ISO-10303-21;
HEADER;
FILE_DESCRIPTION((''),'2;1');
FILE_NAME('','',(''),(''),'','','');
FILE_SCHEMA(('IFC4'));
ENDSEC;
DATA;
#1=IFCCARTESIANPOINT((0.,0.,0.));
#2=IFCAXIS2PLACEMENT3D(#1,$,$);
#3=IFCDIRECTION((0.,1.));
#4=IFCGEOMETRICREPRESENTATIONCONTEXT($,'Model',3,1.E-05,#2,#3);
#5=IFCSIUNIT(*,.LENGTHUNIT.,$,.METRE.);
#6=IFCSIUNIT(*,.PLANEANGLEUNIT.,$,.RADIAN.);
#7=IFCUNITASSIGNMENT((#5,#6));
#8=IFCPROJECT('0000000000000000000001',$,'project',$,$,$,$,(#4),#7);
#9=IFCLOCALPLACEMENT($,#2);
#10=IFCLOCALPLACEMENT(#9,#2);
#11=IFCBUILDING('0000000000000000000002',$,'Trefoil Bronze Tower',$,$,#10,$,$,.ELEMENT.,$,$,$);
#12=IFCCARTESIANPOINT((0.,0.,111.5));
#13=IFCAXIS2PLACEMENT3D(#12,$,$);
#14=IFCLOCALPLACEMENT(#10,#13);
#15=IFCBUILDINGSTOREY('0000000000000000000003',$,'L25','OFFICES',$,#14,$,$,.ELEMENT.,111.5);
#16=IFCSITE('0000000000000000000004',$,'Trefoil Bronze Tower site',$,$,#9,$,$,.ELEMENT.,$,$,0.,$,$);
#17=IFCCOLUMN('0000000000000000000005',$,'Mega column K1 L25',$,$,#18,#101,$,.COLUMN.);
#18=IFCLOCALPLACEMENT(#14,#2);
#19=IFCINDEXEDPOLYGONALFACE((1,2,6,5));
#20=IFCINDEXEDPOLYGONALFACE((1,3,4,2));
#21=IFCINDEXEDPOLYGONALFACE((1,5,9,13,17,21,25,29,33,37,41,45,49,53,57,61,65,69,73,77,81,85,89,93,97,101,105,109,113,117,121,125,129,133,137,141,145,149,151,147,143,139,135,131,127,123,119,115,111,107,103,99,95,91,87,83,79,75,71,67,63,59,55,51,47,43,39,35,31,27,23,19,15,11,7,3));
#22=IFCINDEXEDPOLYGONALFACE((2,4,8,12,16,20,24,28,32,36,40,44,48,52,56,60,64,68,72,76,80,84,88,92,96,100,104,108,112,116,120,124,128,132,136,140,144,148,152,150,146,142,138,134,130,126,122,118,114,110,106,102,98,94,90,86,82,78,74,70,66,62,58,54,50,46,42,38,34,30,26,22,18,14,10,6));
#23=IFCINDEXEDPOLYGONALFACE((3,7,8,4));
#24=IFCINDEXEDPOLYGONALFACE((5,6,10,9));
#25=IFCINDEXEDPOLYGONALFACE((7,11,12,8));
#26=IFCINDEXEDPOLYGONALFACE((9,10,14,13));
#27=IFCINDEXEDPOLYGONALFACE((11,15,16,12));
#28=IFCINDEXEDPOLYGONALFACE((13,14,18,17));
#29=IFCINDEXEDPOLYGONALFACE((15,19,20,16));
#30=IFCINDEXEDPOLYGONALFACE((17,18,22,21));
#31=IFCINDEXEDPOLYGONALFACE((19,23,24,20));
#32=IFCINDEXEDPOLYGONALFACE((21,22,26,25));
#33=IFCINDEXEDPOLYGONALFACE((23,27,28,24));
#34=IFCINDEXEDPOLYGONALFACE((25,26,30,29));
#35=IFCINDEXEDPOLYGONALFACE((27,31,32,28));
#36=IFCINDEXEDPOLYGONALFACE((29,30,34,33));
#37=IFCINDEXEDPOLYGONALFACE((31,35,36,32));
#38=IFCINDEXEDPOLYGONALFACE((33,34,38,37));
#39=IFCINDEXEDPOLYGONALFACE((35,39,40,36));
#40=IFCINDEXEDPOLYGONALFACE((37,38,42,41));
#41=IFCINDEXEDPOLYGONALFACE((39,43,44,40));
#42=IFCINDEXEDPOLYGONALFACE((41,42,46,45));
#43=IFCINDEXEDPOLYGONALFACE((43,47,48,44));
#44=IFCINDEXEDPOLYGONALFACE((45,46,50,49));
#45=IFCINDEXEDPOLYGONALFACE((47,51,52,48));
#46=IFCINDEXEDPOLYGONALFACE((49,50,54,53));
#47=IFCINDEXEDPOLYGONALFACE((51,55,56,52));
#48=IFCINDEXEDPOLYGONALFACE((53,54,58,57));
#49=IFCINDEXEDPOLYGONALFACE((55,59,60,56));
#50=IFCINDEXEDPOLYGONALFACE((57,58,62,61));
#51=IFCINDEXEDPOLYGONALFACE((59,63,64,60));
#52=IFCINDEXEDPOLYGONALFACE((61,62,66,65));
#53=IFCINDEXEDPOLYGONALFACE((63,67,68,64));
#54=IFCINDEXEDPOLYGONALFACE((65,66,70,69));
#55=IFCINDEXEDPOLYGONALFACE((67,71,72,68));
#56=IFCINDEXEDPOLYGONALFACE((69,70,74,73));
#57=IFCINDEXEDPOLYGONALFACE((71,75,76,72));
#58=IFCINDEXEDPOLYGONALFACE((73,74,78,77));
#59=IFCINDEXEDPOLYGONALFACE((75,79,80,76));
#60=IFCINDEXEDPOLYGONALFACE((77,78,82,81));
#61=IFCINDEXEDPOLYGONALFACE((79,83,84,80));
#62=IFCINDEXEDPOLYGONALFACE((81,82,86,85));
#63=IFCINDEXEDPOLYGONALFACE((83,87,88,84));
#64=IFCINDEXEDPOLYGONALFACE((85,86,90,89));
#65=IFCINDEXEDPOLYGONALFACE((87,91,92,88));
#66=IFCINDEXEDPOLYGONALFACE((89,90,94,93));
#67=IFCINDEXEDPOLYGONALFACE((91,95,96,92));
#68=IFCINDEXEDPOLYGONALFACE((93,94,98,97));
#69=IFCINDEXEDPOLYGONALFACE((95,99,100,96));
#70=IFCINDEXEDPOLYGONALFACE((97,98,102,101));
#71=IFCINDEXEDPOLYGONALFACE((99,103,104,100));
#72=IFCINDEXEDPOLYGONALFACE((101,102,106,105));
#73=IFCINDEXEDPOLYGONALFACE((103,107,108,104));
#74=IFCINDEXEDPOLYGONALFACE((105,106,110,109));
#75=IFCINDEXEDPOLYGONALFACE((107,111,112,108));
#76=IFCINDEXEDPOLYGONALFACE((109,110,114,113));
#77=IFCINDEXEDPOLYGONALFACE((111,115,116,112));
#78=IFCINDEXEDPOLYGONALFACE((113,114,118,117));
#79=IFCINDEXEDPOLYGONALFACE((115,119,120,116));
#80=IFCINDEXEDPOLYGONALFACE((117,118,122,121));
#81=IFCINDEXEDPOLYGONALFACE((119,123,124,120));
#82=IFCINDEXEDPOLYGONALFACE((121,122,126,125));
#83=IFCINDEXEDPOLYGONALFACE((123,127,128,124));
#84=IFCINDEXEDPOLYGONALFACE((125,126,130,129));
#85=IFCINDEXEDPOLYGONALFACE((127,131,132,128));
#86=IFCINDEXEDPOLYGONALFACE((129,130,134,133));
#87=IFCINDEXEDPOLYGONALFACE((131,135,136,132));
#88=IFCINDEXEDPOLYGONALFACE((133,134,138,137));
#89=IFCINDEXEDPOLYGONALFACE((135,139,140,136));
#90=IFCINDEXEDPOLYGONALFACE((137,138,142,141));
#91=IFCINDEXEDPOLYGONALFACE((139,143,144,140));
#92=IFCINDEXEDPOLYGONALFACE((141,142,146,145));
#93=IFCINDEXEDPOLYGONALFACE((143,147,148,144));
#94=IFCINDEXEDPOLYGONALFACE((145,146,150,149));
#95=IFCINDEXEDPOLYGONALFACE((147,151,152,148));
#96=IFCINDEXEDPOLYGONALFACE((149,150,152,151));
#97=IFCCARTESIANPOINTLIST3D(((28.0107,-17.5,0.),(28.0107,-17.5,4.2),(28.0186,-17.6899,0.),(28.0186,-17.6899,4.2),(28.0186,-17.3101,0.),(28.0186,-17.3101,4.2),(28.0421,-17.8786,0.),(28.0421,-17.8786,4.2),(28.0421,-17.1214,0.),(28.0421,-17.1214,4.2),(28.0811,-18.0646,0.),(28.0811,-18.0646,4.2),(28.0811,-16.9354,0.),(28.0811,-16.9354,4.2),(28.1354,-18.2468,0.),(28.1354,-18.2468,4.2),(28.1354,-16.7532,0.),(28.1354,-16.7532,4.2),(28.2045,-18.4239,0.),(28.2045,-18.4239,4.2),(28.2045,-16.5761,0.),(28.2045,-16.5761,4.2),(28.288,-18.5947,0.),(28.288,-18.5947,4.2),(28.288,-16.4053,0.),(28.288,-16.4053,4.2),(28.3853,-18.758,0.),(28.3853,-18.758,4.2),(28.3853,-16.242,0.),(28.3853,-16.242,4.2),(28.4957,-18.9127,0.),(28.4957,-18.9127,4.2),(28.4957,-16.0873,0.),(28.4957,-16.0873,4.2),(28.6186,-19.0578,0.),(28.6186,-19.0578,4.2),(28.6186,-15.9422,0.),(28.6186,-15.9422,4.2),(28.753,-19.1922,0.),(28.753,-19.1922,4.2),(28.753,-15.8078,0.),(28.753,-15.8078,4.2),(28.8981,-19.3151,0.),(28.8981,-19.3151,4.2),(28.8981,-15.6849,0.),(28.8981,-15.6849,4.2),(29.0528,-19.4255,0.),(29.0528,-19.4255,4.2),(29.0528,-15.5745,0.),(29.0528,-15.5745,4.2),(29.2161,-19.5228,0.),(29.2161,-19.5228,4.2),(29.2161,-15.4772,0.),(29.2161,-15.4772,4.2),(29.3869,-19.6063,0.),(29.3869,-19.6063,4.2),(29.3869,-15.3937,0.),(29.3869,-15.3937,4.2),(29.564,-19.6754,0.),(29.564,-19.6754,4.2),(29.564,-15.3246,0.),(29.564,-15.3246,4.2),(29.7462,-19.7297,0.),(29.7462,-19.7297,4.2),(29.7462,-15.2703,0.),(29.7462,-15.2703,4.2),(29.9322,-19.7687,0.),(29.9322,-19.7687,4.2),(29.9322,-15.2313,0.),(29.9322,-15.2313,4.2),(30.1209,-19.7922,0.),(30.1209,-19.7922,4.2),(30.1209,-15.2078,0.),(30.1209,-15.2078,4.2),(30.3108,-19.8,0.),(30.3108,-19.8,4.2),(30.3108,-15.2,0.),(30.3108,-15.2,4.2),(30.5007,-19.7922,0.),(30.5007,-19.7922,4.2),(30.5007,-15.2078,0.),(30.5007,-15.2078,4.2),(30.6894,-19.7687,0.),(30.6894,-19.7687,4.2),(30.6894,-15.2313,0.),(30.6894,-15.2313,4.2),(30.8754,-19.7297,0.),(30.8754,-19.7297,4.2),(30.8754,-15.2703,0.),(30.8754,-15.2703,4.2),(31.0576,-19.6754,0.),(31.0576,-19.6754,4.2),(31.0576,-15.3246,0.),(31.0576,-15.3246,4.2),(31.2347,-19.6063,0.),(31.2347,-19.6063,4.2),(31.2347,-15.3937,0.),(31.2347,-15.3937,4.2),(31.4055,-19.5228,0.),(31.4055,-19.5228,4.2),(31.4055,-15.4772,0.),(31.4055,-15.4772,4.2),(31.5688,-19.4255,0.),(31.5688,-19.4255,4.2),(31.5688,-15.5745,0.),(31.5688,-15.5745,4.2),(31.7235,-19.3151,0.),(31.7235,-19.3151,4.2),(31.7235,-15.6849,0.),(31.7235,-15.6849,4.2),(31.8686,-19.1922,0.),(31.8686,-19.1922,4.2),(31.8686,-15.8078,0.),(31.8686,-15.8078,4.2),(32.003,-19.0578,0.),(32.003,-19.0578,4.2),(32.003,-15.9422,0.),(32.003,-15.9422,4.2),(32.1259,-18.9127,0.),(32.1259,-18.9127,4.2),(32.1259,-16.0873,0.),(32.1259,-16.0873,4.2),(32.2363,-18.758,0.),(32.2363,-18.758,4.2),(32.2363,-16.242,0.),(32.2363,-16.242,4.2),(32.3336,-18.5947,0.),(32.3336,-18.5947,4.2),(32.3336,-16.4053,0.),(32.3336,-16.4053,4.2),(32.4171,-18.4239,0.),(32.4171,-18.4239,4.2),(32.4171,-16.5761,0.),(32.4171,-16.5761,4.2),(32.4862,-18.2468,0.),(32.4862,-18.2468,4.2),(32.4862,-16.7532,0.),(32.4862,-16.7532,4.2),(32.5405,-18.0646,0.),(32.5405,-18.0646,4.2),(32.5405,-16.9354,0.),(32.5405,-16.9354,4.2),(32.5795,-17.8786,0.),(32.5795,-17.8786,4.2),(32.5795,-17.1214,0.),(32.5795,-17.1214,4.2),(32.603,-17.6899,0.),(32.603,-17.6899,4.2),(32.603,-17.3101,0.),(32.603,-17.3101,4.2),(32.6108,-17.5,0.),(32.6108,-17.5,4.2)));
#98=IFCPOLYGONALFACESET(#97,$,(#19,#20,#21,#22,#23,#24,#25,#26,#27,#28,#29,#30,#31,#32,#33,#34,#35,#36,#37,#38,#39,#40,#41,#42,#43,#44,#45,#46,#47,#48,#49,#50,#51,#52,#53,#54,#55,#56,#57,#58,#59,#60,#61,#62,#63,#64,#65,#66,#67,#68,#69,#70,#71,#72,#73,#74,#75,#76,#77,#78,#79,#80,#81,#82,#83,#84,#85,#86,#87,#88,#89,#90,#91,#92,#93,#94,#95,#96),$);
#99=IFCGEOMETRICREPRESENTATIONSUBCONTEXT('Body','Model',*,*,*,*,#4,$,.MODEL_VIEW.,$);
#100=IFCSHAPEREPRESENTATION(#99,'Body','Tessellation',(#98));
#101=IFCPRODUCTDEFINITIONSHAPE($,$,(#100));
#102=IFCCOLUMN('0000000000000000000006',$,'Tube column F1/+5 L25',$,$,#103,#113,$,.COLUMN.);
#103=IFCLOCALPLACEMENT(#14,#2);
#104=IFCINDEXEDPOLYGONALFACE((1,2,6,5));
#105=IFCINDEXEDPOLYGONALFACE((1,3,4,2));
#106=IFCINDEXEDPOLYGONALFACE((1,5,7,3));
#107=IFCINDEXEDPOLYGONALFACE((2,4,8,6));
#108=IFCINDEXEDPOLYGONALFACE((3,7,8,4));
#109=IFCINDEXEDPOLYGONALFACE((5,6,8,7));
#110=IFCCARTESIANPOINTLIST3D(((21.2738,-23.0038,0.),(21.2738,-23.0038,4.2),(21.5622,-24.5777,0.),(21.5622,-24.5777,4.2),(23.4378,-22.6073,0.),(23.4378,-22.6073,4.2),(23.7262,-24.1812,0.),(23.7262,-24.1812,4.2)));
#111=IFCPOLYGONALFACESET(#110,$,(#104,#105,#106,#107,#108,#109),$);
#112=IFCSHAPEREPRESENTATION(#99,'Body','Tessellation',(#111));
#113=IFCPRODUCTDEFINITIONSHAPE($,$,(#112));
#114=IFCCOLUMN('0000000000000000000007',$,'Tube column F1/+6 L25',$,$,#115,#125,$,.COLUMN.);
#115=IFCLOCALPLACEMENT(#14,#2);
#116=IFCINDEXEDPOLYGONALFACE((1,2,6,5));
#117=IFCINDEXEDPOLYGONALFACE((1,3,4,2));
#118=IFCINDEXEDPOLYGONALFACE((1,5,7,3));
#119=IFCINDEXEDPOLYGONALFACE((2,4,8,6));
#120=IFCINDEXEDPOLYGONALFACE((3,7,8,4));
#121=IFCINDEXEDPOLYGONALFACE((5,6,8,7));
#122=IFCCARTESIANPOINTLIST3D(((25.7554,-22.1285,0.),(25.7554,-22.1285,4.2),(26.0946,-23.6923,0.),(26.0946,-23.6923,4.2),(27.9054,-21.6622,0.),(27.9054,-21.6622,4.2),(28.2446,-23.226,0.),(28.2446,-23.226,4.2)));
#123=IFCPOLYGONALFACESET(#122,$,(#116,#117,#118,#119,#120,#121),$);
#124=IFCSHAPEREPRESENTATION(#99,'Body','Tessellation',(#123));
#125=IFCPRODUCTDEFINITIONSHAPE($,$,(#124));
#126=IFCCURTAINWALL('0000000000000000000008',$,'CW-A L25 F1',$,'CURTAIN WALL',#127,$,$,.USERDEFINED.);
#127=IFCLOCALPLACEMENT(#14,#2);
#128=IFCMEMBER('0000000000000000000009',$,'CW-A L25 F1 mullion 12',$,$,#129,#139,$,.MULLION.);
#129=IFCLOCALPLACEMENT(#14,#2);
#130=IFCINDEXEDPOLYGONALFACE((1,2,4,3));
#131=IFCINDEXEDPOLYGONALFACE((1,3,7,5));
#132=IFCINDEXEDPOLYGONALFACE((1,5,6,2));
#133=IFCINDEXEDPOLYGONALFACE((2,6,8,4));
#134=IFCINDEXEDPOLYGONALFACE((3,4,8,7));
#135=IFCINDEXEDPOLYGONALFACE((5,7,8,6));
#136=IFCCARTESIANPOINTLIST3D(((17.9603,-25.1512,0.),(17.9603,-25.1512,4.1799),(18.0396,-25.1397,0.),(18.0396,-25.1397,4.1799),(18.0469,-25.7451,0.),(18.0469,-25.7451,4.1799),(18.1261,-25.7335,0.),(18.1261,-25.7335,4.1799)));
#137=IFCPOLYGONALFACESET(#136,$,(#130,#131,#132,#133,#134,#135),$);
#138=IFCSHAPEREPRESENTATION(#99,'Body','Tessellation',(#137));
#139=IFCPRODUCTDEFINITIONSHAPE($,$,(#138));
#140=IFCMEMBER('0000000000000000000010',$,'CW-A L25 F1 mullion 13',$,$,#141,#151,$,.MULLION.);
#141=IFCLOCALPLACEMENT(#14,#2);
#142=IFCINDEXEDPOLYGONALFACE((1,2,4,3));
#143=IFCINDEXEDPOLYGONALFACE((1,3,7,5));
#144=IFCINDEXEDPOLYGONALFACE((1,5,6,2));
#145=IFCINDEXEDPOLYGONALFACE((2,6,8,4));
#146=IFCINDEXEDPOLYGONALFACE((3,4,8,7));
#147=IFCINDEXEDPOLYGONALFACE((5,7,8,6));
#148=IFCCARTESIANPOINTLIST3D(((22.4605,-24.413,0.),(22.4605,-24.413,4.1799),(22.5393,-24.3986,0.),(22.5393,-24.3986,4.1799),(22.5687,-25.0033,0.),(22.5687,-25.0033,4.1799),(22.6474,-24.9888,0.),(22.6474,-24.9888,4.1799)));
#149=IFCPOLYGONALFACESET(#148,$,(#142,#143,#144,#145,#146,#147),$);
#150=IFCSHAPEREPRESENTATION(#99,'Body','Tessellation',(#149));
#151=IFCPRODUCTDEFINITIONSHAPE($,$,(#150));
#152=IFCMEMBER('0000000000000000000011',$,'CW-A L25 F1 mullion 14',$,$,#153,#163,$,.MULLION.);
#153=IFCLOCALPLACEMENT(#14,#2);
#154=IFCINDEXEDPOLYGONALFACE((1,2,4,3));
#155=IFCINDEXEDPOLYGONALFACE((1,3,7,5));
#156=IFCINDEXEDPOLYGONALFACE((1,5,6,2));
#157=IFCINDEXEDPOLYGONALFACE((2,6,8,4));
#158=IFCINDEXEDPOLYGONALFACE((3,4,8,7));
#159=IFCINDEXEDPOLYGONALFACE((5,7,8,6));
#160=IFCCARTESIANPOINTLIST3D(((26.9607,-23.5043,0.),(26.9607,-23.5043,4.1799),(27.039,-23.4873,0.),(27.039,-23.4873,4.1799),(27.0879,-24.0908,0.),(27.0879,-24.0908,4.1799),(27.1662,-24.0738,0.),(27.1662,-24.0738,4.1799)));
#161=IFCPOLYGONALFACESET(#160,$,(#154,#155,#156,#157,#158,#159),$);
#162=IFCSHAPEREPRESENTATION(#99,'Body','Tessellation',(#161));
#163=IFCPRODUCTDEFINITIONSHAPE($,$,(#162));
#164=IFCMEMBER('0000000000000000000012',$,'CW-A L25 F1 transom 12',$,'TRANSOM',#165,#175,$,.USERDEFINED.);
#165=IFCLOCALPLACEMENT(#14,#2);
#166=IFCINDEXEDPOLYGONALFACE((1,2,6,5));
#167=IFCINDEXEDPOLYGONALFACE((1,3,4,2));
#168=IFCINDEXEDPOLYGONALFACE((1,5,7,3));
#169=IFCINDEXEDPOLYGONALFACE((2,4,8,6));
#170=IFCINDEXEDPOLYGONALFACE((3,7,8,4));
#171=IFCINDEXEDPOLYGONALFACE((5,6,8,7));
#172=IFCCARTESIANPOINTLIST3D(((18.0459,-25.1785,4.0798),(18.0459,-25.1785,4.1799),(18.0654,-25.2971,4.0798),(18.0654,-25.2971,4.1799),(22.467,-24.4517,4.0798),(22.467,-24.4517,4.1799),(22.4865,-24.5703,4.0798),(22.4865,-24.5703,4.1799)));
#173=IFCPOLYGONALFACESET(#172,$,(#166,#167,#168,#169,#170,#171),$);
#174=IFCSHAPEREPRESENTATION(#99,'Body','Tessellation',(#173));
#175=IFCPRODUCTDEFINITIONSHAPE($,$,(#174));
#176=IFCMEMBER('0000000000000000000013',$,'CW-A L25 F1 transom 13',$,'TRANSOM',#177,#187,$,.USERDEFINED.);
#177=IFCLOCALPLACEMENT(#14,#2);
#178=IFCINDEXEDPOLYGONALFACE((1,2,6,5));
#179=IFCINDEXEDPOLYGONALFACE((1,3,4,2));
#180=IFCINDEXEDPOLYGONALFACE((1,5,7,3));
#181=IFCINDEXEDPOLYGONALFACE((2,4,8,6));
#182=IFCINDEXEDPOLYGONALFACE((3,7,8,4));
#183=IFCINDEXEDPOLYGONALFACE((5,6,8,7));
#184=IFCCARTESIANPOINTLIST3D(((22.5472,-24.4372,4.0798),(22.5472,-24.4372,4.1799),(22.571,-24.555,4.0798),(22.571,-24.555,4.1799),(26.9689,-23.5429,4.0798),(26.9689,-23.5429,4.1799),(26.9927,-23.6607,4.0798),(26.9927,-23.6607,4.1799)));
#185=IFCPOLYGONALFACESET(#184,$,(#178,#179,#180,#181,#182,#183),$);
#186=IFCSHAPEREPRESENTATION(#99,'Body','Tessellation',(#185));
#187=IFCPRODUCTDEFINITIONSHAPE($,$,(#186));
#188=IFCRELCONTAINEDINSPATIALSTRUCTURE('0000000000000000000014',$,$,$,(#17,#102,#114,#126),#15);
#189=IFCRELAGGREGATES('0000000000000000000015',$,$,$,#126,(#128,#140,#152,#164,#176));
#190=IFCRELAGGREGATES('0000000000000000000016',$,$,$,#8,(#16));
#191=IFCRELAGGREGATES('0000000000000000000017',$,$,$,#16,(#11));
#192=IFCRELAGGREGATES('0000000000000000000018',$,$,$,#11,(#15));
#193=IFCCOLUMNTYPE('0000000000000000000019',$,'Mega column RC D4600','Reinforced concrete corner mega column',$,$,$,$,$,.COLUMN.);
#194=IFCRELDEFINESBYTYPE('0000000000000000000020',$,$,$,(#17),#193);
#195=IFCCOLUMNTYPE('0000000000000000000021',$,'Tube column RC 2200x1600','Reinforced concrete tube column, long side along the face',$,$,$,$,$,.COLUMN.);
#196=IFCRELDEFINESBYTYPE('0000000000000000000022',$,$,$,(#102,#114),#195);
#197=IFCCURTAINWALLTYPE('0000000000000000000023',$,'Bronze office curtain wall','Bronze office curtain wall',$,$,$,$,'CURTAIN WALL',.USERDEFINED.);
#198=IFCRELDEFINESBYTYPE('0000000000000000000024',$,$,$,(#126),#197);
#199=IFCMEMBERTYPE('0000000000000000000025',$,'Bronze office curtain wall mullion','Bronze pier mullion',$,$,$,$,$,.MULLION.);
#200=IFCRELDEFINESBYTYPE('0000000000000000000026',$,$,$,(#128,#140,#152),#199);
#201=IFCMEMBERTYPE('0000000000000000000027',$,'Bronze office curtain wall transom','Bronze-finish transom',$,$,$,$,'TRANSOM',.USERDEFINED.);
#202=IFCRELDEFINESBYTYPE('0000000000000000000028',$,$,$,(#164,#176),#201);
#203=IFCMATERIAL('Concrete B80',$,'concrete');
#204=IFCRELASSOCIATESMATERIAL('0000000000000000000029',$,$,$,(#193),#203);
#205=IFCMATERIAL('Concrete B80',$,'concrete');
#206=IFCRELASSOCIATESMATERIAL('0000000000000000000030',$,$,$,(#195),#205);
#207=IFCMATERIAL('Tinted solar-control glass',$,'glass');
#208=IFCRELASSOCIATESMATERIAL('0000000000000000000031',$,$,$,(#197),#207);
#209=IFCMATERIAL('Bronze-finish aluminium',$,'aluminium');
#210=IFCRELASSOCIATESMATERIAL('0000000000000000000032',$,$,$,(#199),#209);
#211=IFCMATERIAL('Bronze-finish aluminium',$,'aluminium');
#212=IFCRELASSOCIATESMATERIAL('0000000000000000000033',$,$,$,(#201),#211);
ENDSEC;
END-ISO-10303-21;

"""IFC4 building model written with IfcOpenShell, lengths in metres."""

from ifc_helpers import new_model, si_unit, direction, frame, origin, origin_2d, place, context, subcontext, project, spatial, rectangle, circle, extrude, material, material_profile, profile_set, type_object, element, aggregate, save


model = new_model("IFC4")

# Units and contexts
model_context = context("Model", 3, precision=1e-05, world=origin(), true_north=direction((0.0, 1.0)))
body_context = subcontext(model_context, "Body", "Model", "MODEL_VIEW")
ifc_project = project(units=[si_unit("LENGTHUNIT", "METRE"), si_unit("PLANEANGLEUNIT", "RADIAN")], contexts=[model_context])

# Site, building, storey
site_placement = place(None, origin())
site = spatial("IfcSite", under=ifc_project, at=site_placement, Name="Trefoil Bronze Tower site", CompositionType="ELEMENT", RefElevation=0.0)
building_placement = place(site_placement, origin())
building = spatial("IfcBuilding", under=site, at=building_placement, Name="Trefoil Bronze Tower", CompositionType="ELEMENT")
storey_placement = place(building_placement, frame((0.0, 0.0, 111.5)))
storey = spatial("IfcBuildingStorey", under=building, at=storey_placement, Name="L25", Description="OFFICES", CompositionType="ELEMENT", Elevation=111.5)

# Columns
ifc_material_1 = material(Name="Concrete B80", Category="concrete")
ifc_material_profile_1 = material_profile(ifc_material_1, circle(Radius=2.3, at=origin_2d()), Name="RC D4600")
ifc_profile_set_1 = profile_set([ifc_material_profile_1], Name="Concrete B80")
column_type_1 = type_object("IfcColumnType", Name="Mega column RC D4600", Description="Reinforced concrete corner mega column", PredefinedType="COLUMN", material=ifc_profile_set_1)
column_placement = place(storey_placement, frame((30.3108, -17.5, 0.0), z_axis=(0.0, 0.0, 1.0), x_axis=(1.0, 0.0, 0.0)))
element("IfcColumn", 1, at=column_placement, inside=storey, type_object=column_type_1, Name="Mega column K1 L25", PredefinedType="COLUMN", context=body_context, shape_type="SweptSolid", body=[
    extrude(circle(Radius=2.3, at=origin_2d()), origin(), (0.0, 0.0, 1.0), 4.2),
])
ifc_material_2 = material(Name="Concrete B80", Category="concrete")
ifc_material_profile_2 = material_profile(ifc_material_2, rectangle(XDim=2.2, YDim=1.6001, at=origin_2d()), Name="RC 2200x1600")
ifc_profile_set_2 = profile_set([ifc_material_profile_2], Name="Concrete B80")
column_type_2 = type_object("IfcColumnType", Name="Tube column RC 2200x1600", Description="Reinforced concrete tube column, long side along the face", PredefinedType="COLUMN", material=ifc_profile_set_2)
for number, where, z_axis, x_axis, name in (
    (2, (22.5, -23.5925, 0.0), (0.0, 0.0, 1.0), (0.983623, 0.180241, 0.0), "Tube column F1/+5 L25"),
    (3, (27.0, -22.6772, 0.0), (0.0, 0.0, 1.0), (0.977276, 0.21197, 0.0), "Tube column F1/+6 L25"),
):
    element("IfcColumn", number, at=place(storey_placement, frame(where, z_axis=z_axis, x_axis=x_axis)), inside=storey, type_object=column_type_2, Name=name, PredefinedType="COLUMN", context=body_context, shape_type="SweptSolid", body=[
        extrude(rectangle(XDim=2.2, YDim=1.6001, at=origin_2d()), origin(), (0.0, 0.0, 1.0), 4.2),
    ])

# Curtain wall, members
ifc_material_3 = material(Name="Tinted solar-control glass", Category="glass")
curtain_wall_type_1 = type_object("IfcCurtainWallType", Name="Bronze office curtain wall", Description="Bronze office curtain wall", ElementType="CURTAIN WALL", PredefinedType="USERDEFINED", material=ifc_material_3)
curtain_wall_1_placement = place(storey_placement, origin())
curtain_wall_1 = element("IfcCurtainWall", 4, at=curtain_wall_1_placement, inside=storey, type_object=curtain_wall_type_1, Name="CW-A L25 F1", ObjectType="CURTAIN WALL", PredefinedType="USERDEFINED")
ifc_material_4 = material(Name="Bronze-finish aluminium", Category="aluminium")
ifc_material_profile_3 = material_profile(ifc_material_4, rectangle(XDim=0.6001, YDim=0.0801, at=origin_2d()), Name="CW-A mullion")
ifc_profile_set_3 = profile_set([ifc_material_profile_3], Name="Bronze-finish aluminium")
member_type_1 = type_object("IfcMemberType", Name="Bronze office curtain wall mullion", Description="Bronze pier mullion", PredefinedType="MULLION", material=ifc_profile_set_3)
member_1_placement = place(storey_placement, frame((18.0432, -25.4424, 0.0), z_axis=(0.0, 0.0, 1.0), x_axis=(-0.144192, 0.98955, 0.0)))
member_1 = element("IfcMember", 5, at=member_1_placement, type_object=member_type_1, Name="CW-A L25 F1 mullion 12", PredefinedType="MULLION", context=body_context, shape_type="SweptSolid", body=[
    extrude(rectangle(XDim=0.6001, YDim=0.0801, at=origin_2d()), origin(), (0.0, 0.0, 1.0), 4.1799),
])
member_2_placement = place(storey_placement, frame((22.554, -24.7009, 0.0), z_axis=(0.0, 0.0, 1.0), x_axis=(-0.180241, 0.983623, 0.0)))
member_2 = element("IfcMember", 6, at=member_2_placement, type_object=member_type_1, Name="CW-A L25 F1 mullion 13", PredefinedType="MULLION", context=body_context, shape_type="SweptSolid", body=[
    extrude(rectangle(XDim=0.6001, YDim=0.0801, at=origin_2d()), origin(), (0.0, 0.0, 1.0), 4.1799),
])
member_3_placement = place(storey_placement, frame((27.0635, -23.7891, 0.0), z_axis=(0.0, 0.0, 1.0), x_axis=(-0.21197, 0.977276, 0.0)))
member_3 = element("IfcMember", 7, at=member_3_placement, type_object=member_type_1, Name="CW-A L25 F1 mullion 14", PredefinedType="MULLION", context=body_context, shape_type="SweptSolid", body=[
    extrude(rectangle(XDim=0.6001, YDim=0.0801, at=origin_2d()), origin(), (0.0, 0.0, 1.0), 4.1799),
])
ifc_material_5 = material(Name="Bronze-finish aluminium", Category="aluminium")
ifc_material_profile_4 = material_profile(ifc_material_5, rectangle(XDim=0.1201, YDim=0.1001, at=origin_2d()), Name="CW-A transom")
ifc_profile_set_4 = profile_set([ifc_material_profile_4], Name="Bronze-finish aluminium")
member_type_2 = type_object("IfcMemberType", Name="Bronze office curtain wall transom", Description="Bronze-finish transom", ElementType="TRANSOM", PredefinedType="USERDEFINED", material=ifc_profile_set_4)
member_4_placement = place(storey_placement, frame((18.0557, -25.2378, 4.1299), z_axis=(0.986755, 0.162216, 0.0), x_axis=(-0.162216, 0.986755, 0.0)))
member_4 = element("IfcMember", 8, at=member_4_placement, type_object=member_type_2, Name="CW-A L25 F1 transom 12", ObjectType="TRANSOM", PredefinedType="USERDEFINED", context=body_context, shape_type="SweptSolid", body=[
    extrude(rectangle(XDim=0.1201, YDim=0.1001, at=origin_2d()), origin(), (0.0, 0.0, 1.0), 4.4805),
])
member_5_placement = place(storey_placement, frame((22.5591, -24.4961, 4.1299), z_axis=(0.980154, 0.198239, 0.0), x_axis=(-0.198239, 0.980154, 0.0)))
member_5 = element("IfcMember", 9, at=member_5_placement, type_object=member_type_2, Name="CW-A L25 F1 transom 13", ObjectType="TRANSOM", PredefinedType="USERDEFINED", context=body_context, shape_type="SweptSolid", body=[
    extrude(rectangle(XDim=0.1201, YDim=0.1001, at=origin_2d()), origin(), (0.0, 0.0, 1.0), 4.5112),
])

aggregate(curtain_wall_1, [member_1, member_2, member_3, member_4, member_5])

save(model, "model.ifc")
